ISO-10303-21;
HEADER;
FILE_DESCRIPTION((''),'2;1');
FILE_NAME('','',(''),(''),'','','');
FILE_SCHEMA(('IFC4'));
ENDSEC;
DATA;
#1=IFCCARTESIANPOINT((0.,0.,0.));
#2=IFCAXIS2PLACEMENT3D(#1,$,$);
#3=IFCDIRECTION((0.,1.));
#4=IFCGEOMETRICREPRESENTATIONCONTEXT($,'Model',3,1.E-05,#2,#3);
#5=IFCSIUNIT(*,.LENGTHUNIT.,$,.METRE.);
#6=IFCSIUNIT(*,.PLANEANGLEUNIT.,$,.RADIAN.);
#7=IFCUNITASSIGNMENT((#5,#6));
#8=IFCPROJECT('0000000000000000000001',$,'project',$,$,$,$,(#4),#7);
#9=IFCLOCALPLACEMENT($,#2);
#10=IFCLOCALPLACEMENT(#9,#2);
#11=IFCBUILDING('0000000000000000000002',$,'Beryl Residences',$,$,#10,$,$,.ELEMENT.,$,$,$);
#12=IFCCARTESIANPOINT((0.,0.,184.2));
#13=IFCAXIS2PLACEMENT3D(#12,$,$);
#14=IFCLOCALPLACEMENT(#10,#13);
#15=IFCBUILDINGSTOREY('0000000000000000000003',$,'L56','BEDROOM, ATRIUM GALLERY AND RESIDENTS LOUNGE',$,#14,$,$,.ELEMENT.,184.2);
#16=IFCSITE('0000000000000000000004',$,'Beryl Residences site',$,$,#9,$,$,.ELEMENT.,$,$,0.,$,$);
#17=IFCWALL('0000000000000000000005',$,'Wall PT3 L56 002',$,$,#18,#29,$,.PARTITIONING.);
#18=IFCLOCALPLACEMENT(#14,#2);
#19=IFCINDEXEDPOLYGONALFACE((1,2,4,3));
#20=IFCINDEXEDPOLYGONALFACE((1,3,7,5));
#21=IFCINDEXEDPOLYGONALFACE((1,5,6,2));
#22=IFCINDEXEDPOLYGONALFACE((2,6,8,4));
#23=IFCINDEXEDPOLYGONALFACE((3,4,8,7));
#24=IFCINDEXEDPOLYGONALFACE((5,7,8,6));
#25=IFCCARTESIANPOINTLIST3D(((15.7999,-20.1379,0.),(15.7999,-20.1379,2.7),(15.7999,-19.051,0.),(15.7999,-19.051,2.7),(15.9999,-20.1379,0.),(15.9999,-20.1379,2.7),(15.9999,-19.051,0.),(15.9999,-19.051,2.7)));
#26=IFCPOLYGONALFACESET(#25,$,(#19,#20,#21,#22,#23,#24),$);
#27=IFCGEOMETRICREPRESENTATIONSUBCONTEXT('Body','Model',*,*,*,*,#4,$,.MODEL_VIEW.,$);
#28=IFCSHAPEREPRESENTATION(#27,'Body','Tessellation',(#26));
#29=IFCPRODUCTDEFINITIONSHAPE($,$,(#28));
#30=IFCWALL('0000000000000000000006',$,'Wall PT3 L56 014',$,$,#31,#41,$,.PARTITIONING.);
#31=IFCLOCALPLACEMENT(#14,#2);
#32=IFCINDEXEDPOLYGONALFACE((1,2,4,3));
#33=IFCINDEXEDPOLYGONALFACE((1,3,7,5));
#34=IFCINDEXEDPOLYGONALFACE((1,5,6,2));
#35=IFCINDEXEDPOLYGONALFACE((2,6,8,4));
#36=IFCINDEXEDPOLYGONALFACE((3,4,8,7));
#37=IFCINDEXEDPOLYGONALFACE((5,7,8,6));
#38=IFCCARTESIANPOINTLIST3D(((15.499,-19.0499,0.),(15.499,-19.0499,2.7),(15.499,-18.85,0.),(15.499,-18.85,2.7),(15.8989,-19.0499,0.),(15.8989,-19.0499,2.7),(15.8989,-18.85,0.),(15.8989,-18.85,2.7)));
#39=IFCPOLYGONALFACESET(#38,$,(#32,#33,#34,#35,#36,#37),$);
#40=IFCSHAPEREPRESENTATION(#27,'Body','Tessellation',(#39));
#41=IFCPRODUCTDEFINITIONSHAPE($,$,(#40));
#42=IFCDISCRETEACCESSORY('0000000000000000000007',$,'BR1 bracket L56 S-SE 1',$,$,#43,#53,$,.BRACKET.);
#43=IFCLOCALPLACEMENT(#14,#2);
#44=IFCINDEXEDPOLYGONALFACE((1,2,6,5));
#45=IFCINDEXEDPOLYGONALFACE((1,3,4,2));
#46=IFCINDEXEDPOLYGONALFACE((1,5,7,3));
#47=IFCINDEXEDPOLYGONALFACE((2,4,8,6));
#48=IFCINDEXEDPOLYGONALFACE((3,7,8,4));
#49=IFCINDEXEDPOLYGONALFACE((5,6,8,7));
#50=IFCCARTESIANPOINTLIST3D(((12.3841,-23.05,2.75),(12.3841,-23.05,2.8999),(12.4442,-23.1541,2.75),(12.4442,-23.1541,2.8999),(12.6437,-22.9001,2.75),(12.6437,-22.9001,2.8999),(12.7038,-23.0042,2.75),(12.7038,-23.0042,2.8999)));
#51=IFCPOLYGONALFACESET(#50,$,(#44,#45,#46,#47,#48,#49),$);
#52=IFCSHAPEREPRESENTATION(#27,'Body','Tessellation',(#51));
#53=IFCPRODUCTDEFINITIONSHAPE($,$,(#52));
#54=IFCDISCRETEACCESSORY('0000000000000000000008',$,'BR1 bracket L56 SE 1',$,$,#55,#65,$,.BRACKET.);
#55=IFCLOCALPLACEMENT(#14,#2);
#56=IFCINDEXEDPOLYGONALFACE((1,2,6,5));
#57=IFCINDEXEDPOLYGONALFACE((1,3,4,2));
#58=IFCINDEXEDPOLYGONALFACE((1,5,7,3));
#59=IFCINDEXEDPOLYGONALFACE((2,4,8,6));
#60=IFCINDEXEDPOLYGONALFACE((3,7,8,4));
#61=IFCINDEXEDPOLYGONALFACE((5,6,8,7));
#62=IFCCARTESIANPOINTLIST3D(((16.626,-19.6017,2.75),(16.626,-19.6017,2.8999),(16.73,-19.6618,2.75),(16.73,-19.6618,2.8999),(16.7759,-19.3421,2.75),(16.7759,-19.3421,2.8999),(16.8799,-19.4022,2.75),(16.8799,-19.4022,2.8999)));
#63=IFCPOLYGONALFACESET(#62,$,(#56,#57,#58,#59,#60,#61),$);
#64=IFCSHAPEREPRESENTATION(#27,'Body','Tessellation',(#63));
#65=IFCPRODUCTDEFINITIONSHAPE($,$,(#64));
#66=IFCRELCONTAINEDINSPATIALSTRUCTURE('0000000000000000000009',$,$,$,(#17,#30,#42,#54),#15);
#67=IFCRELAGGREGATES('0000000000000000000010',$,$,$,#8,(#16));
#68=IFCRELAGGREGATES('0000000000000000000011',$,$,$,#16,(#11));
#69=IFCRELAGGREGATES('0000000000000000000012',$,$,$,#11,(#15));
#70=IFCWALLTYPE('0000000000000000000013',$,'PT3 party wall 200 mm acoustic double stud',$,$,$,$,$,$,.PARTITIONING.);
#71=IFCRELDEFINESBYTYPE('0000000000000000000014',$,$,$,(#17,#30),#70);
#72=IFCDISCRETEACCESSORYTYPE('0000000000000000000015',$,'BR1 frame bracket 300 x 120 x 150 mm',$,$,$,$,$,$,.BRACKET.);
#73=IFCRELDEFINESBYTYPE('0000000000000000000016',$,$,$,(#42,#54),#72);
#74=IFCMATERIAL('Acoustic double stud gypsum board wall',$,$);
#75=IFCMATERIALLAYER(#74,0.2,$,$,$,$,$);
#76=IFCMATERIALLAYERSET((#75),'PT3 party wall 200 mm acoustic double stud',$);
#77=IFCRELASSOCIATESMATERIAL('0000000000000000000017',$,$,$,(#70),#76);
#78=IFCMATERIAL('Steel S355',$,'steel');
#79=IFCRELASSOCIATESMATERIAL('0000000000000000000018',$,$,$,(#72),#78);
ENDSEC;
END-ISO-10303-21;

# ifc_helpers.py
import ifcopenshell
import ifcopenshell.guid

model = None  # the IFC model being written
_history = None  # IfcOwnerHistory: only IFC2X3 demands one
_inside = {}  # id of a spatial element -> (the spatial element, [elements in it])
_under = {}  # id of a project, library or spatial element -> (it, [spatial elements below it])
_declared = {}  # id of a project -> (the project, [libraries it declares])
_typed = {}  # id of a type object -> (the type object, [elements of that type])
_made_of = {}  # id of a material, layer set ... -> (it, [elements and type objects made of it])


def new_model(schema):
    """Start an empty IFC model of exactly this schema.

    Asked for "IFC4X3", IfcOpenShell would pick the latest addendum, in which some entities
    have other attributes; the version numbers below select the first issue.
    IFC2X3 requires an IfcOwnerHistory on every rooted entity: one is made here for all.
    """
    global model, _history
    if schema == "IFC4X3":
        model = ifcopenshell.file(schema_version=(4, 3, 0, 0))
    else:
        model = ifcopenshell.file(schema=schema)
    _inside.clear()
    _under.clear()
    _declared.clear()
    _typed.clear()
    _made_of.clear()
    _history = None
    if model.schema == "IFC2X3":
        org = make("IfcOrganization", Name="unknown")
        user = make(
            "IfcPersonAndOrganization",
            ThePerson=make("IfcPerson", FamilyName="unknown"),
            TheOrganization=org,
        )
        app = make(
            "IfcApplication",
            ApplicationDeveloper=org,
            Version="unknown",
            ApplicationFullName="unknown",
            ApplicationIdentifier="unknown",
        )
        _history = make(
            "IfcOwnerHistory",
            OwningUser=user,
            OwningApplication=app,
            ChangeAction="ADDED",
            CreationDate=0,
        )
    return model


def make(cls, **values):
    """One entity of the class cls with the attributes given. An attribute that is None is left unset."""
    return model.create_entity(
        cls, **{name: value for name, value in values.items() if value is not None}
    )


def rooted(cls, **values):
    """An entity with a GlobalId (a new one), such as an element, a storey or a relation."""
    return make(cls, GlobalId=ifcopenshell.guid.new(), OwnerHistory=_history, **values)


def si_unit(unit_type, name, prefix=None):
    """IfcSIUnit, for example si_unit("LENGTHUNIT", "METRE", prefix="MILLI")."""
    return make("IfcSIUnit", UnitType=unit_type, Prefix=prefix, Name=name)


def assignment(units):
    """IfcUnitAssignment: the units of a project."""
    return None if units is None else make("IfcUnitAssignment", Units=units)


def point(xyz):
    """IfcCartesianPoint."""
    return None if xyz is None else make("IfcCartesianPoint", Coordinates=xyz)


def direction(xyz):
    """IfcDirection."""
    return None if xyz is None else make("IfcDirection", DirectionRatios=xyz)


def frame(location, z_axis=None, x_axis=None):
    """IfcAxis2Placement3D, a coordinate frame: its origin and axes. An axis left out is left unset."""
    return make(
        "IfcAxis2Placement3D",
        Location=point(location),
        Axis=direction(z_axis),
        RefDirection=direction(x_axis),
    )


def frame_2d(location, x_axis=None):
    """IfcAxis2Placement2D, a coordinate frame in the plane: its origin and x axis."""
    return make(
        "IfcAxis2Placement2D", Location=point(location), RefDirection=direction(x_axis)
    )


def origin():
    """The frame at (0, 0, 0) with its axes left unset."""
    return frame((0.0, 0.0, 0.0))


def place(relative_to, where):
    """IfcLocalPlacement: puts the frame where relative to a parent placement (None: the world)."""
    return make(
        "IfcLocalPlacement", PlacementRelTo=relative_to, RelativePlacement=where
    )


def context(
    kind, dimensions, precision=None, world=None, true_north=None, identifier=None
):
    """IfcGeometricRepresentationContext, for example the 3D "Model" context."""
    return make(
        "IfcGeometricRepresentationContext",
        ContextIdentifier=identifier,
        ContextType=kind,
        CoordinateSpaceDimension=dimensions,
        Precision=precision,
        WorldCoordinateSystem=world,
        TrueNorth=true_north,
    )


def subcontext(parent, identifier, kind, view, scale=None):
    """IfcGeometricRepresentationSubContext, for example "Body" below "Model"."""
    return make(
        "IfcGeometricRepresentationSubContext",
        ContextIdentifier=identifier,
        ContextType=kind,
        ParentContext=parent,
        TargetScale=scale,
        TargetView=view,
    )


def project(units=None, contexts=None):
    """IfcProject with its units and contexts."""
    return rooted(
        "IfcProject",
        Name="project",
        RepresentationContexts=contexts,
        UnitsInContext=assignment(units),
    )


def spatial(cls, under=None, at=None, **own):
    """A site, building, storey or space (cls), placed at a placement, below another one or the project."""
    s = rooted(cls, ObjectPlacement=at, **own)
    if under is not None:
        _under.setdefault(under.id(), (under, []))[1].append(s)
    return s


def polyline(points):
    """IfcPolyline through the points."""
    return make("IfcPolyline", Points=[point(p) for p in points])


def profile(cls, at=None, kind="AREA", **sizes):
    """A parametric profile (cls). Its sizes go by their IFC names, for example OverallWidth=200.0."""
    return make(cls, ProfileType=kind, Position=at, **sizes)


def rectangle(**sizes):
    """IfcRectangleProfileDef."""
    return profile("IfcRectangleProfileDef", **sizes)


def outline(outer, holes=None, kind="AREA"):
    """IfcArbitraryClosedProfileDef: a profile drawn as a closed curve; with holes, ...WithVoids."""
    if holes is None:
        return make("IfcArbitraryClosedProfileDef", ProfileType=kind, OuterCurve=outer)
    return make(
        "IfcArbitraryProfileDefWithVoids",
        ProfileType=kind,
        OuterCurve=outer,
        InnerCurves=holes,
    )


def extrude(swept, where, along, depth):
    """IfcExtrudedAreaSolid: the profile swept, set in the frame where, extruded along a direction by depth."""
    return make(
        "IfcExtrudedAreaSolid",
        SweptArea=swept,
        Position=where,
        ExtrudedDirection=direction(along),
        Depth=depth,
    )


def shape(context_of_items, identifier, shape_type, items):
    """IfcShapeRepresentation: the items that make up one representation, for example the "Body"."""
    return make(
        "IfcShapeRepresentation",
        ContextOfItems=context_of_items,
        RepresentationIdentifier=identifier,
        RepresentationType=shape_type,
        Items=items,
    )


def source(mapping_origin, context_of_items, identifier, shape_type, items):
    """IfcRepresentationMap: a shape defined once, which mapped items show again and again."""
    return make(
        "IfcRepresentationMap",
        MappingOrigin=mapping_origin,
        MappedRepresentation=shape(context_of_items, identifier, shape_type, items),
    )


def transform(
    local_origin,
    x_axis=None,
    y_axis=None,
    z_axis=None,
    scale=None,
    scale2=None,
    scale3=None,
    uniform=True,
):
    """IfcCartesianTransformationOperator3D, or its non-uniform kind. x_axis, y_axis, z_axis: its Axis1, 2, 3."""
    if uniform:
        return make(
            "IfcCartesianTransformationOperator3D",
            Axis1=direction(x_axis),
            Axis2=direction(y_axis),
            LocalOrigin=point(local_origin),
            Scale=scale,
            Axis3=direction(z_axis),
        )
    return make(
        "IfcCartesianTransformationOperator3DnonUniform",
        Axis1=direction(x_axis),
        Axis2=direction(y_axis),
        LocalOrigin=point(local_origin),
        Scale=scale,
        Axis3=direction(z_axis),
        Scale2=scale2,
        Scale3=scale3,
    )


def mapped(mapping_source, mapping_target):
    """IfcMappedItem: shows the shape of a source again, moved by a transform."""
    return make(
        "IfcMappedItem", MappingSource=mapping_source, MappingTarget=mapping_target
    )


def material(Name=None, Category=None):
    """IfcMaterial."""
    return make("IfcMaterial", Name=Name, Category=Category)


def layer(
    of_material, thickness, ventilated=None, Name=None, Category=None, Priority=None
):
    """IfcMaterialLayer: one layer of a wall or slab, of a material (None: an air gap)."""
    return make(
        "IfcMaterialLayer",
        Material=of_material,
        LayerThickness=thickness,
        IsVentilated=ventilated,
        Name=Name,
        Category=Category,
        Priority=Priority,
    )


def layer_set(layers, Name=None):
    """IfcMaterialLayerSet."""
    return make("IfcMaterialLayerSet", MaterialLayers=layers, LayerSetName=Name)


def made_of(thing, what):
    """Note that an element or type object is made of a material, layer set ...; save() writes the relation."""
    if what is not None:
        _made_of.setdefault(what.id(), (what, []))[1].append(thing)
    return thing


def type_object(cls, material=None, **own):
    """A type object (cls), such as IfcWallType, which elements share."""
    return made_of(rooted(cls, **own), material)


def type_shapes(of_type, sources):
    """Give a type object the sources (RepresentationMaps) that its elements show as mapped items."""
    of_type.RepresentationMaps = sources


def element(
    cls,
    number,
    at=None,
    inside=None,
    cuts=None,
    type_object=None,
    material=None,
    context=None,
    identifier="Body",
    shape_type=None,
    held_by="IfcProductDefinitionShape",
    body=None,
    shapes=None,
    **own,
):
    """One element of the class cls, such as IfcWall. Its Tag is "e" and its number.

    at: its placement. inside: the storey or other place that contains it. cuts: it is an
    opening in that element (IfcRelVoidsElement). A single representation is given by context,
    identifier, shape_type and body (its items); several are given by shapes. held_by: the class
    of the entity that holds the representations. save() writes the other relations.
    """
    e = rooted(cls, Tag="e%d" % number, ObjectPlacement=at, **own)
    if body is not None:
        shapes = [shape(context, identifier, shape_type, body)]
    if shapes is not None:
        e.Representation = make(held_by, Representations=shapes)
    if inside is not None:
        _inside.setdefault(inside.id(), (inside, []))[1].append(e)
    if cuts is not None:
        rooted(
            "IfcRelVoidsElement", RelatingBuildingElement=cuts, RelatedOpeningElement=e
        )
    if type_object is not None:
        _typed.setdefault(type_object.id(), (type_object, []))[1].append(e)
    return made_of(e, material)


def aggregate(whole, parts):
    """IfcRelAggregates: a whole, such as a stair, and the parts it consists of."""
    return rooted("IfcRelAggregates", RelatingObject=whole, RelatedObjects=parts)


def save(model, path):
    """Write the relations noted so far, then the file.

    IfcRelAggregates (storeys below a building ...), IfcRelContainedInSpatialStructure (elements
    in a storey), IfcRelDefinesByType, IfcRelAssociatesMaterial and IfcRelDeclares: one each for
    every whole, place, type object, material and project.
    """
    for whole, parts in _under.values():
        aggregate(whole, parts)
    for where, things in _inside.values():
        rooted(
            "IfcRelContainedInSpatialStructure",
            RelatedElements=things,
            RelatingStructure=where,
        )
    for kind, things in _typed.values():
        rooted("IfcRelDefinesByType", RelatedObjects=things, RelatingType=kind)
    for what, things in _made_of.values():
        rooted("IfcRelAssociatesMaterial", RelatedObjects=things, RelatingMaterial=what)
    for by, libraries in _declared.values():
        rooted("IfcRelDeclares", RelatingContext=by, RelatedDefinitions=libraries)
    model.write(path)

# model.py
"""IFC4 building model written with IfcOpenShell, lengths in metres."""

from ifc_helpers import new_model, si_unit, direction, frame, frame_2d, origin, place, context, subcontext, project, spatial, polyline, rectangle, outline, extrude, source, transform, mapped, material, layer, layer_set, type_object, type_shapes, element, save


model = new_model("IFC4")

# Units and contexts
model_context = context("Model", 3, precision=1e-05, world=origin(), true_north=direction((0.0, 1.0)))
body_context = subcontext(model_context, "Body", "Model", "MODEL_VIEW")
ifc_project = project(units=[si_unit("LENGTHUNIT", "METRE"), si_unit("PLANEANGLEUNIT", "RADIAN")], contexts=[model_context])

# Site, building, storey
site_placement = place(None, origin())
site = spatial("IfcSite", under=ifc_project, at=site_placement, Name="Beryl Residences site", CompositionType="ELEMENT", RefElevation=0.0)
building_placement = place(site_placement, origin())
building = spatial("IfcBuilding", under=site, at=building_placement, Name="Beryl Residences", CompositionType="ELEMENT")
storey_placement = place(building_placement, frame((0.0, 0.0, 184.2)))
storey = spatial("IfcBuildingStorey", under=building, at=storey_placement, Name="L56", Description="BEDROOM, ATRIUM GALLERY AND RESIDENTS LOUNGE", CompositionType="ELEMENT", Elevation=184.2)

# Walls
ifc_material_1 = material(Name="Acoustic double stud gypsum board wall")
ifc_layer_1 = layer(ifc_material_1, 0.2)
ifc_layer_set_1 = layer_set([ifc_layer_1], Name="PT3 party wall 200 mm acoustic double stud")
wall_type_1 = type_object("IfcWallType", Name="PT3 party wall 200 mm acoustic double stud", PredefinedType="PARTITIONING", material=ifc_layer_set_1)
wall_1_placement = place(storey_placement, frame((15.8999, -19.051, 0.0), z_axis=(0.0, 0.0, 1.0), x_axis=(0.0, -1.0, 0.0)))
element("IfcWall", 1, at=wall_1_placement, inside=storey, type_object=wall_type_1, Name="Wall PT3 L56 002", PredefinedType="PARTITIONING", context=body_context, shape_type="SweptSolid", body=[
    extrude(rectangle(XDim=1.0869, YDim=0.2, at=frame_2d((0.5435, 0.0))), origin(), (0.0, 0.0, 1.0), 2.7),
])
wall_2_placement = place(storey_placement, frame((15.499, -18.95, 0.0), z_axis=(0.0, 0.0, 1.0), x_axis=(1.0, 0.0, 0.0)))
element("IfcWall", 2, at=wall_2_placement, inside=storey, type_object=wall_type_1, Name="Wall PT3 L56 014", PredefinedType="PARTITIONING", context=body_context, shape_type="SweptSolid", body=[
    extrude(rectangle(XDim=0.3999, YDim=0.2, at=frame_2d((0.2, 0.0))), origin(), (0.0, 0.0, 1.0), 2.7),
])

# Discrete accessories
ifc_material_2 = material(Name="Steel S355", Category="steel")
discrete_accessory_type = type_object("IfcDiscreteAccessoryType", Name="BR1 frame bracket 300 x 120 x 150 mm", PredefinedType="BRACKET", material=ifc_material_2)
shared_shape_1 = source(origin(), body_context, "Body", "SweptSolid", [
    extrude(outline(polyline([(-0.1499, 0.0), (0.1499, 0.0), (0.1499, 0.1201), (-0.1499, 0.1201), (-0.1499, 0.0)])), origin(), (0.0, 0.0, 1.0), 0.1499),
])
type_shapes(discrete_accessory_type, [shared_shape_1])
for number, where, z_axis, x_axis, name in (
    (3, (12.5139, -22.9751, 2.75), (0.0, 0.0, 1.0), (-0.866025, -0.5, 0.0), "BR1 bracket L56 S-SE 1"),
    (4, (16.7009, -19.4719, 2.75), (0.0, 0.0, 1.0), (-0.5, -0.866025, 0.0), "BR1 bracket L56 SE 1"),
):
    element("IfcDiscreteAccessory", number, at=place(storey_placement, frame(where, z_axis=z_axis, x_axis=x_axis)), inside=storey, type_object=discrete_accessory_type, Name=name, PredefinedType="BRACKET", context=body_context, shape_type="MappedRepresentation", body=[
        mapped(shared_shape_1, transform((0.0, 0.0, 0.0))),
    ])

save(model, "model.ifc")
